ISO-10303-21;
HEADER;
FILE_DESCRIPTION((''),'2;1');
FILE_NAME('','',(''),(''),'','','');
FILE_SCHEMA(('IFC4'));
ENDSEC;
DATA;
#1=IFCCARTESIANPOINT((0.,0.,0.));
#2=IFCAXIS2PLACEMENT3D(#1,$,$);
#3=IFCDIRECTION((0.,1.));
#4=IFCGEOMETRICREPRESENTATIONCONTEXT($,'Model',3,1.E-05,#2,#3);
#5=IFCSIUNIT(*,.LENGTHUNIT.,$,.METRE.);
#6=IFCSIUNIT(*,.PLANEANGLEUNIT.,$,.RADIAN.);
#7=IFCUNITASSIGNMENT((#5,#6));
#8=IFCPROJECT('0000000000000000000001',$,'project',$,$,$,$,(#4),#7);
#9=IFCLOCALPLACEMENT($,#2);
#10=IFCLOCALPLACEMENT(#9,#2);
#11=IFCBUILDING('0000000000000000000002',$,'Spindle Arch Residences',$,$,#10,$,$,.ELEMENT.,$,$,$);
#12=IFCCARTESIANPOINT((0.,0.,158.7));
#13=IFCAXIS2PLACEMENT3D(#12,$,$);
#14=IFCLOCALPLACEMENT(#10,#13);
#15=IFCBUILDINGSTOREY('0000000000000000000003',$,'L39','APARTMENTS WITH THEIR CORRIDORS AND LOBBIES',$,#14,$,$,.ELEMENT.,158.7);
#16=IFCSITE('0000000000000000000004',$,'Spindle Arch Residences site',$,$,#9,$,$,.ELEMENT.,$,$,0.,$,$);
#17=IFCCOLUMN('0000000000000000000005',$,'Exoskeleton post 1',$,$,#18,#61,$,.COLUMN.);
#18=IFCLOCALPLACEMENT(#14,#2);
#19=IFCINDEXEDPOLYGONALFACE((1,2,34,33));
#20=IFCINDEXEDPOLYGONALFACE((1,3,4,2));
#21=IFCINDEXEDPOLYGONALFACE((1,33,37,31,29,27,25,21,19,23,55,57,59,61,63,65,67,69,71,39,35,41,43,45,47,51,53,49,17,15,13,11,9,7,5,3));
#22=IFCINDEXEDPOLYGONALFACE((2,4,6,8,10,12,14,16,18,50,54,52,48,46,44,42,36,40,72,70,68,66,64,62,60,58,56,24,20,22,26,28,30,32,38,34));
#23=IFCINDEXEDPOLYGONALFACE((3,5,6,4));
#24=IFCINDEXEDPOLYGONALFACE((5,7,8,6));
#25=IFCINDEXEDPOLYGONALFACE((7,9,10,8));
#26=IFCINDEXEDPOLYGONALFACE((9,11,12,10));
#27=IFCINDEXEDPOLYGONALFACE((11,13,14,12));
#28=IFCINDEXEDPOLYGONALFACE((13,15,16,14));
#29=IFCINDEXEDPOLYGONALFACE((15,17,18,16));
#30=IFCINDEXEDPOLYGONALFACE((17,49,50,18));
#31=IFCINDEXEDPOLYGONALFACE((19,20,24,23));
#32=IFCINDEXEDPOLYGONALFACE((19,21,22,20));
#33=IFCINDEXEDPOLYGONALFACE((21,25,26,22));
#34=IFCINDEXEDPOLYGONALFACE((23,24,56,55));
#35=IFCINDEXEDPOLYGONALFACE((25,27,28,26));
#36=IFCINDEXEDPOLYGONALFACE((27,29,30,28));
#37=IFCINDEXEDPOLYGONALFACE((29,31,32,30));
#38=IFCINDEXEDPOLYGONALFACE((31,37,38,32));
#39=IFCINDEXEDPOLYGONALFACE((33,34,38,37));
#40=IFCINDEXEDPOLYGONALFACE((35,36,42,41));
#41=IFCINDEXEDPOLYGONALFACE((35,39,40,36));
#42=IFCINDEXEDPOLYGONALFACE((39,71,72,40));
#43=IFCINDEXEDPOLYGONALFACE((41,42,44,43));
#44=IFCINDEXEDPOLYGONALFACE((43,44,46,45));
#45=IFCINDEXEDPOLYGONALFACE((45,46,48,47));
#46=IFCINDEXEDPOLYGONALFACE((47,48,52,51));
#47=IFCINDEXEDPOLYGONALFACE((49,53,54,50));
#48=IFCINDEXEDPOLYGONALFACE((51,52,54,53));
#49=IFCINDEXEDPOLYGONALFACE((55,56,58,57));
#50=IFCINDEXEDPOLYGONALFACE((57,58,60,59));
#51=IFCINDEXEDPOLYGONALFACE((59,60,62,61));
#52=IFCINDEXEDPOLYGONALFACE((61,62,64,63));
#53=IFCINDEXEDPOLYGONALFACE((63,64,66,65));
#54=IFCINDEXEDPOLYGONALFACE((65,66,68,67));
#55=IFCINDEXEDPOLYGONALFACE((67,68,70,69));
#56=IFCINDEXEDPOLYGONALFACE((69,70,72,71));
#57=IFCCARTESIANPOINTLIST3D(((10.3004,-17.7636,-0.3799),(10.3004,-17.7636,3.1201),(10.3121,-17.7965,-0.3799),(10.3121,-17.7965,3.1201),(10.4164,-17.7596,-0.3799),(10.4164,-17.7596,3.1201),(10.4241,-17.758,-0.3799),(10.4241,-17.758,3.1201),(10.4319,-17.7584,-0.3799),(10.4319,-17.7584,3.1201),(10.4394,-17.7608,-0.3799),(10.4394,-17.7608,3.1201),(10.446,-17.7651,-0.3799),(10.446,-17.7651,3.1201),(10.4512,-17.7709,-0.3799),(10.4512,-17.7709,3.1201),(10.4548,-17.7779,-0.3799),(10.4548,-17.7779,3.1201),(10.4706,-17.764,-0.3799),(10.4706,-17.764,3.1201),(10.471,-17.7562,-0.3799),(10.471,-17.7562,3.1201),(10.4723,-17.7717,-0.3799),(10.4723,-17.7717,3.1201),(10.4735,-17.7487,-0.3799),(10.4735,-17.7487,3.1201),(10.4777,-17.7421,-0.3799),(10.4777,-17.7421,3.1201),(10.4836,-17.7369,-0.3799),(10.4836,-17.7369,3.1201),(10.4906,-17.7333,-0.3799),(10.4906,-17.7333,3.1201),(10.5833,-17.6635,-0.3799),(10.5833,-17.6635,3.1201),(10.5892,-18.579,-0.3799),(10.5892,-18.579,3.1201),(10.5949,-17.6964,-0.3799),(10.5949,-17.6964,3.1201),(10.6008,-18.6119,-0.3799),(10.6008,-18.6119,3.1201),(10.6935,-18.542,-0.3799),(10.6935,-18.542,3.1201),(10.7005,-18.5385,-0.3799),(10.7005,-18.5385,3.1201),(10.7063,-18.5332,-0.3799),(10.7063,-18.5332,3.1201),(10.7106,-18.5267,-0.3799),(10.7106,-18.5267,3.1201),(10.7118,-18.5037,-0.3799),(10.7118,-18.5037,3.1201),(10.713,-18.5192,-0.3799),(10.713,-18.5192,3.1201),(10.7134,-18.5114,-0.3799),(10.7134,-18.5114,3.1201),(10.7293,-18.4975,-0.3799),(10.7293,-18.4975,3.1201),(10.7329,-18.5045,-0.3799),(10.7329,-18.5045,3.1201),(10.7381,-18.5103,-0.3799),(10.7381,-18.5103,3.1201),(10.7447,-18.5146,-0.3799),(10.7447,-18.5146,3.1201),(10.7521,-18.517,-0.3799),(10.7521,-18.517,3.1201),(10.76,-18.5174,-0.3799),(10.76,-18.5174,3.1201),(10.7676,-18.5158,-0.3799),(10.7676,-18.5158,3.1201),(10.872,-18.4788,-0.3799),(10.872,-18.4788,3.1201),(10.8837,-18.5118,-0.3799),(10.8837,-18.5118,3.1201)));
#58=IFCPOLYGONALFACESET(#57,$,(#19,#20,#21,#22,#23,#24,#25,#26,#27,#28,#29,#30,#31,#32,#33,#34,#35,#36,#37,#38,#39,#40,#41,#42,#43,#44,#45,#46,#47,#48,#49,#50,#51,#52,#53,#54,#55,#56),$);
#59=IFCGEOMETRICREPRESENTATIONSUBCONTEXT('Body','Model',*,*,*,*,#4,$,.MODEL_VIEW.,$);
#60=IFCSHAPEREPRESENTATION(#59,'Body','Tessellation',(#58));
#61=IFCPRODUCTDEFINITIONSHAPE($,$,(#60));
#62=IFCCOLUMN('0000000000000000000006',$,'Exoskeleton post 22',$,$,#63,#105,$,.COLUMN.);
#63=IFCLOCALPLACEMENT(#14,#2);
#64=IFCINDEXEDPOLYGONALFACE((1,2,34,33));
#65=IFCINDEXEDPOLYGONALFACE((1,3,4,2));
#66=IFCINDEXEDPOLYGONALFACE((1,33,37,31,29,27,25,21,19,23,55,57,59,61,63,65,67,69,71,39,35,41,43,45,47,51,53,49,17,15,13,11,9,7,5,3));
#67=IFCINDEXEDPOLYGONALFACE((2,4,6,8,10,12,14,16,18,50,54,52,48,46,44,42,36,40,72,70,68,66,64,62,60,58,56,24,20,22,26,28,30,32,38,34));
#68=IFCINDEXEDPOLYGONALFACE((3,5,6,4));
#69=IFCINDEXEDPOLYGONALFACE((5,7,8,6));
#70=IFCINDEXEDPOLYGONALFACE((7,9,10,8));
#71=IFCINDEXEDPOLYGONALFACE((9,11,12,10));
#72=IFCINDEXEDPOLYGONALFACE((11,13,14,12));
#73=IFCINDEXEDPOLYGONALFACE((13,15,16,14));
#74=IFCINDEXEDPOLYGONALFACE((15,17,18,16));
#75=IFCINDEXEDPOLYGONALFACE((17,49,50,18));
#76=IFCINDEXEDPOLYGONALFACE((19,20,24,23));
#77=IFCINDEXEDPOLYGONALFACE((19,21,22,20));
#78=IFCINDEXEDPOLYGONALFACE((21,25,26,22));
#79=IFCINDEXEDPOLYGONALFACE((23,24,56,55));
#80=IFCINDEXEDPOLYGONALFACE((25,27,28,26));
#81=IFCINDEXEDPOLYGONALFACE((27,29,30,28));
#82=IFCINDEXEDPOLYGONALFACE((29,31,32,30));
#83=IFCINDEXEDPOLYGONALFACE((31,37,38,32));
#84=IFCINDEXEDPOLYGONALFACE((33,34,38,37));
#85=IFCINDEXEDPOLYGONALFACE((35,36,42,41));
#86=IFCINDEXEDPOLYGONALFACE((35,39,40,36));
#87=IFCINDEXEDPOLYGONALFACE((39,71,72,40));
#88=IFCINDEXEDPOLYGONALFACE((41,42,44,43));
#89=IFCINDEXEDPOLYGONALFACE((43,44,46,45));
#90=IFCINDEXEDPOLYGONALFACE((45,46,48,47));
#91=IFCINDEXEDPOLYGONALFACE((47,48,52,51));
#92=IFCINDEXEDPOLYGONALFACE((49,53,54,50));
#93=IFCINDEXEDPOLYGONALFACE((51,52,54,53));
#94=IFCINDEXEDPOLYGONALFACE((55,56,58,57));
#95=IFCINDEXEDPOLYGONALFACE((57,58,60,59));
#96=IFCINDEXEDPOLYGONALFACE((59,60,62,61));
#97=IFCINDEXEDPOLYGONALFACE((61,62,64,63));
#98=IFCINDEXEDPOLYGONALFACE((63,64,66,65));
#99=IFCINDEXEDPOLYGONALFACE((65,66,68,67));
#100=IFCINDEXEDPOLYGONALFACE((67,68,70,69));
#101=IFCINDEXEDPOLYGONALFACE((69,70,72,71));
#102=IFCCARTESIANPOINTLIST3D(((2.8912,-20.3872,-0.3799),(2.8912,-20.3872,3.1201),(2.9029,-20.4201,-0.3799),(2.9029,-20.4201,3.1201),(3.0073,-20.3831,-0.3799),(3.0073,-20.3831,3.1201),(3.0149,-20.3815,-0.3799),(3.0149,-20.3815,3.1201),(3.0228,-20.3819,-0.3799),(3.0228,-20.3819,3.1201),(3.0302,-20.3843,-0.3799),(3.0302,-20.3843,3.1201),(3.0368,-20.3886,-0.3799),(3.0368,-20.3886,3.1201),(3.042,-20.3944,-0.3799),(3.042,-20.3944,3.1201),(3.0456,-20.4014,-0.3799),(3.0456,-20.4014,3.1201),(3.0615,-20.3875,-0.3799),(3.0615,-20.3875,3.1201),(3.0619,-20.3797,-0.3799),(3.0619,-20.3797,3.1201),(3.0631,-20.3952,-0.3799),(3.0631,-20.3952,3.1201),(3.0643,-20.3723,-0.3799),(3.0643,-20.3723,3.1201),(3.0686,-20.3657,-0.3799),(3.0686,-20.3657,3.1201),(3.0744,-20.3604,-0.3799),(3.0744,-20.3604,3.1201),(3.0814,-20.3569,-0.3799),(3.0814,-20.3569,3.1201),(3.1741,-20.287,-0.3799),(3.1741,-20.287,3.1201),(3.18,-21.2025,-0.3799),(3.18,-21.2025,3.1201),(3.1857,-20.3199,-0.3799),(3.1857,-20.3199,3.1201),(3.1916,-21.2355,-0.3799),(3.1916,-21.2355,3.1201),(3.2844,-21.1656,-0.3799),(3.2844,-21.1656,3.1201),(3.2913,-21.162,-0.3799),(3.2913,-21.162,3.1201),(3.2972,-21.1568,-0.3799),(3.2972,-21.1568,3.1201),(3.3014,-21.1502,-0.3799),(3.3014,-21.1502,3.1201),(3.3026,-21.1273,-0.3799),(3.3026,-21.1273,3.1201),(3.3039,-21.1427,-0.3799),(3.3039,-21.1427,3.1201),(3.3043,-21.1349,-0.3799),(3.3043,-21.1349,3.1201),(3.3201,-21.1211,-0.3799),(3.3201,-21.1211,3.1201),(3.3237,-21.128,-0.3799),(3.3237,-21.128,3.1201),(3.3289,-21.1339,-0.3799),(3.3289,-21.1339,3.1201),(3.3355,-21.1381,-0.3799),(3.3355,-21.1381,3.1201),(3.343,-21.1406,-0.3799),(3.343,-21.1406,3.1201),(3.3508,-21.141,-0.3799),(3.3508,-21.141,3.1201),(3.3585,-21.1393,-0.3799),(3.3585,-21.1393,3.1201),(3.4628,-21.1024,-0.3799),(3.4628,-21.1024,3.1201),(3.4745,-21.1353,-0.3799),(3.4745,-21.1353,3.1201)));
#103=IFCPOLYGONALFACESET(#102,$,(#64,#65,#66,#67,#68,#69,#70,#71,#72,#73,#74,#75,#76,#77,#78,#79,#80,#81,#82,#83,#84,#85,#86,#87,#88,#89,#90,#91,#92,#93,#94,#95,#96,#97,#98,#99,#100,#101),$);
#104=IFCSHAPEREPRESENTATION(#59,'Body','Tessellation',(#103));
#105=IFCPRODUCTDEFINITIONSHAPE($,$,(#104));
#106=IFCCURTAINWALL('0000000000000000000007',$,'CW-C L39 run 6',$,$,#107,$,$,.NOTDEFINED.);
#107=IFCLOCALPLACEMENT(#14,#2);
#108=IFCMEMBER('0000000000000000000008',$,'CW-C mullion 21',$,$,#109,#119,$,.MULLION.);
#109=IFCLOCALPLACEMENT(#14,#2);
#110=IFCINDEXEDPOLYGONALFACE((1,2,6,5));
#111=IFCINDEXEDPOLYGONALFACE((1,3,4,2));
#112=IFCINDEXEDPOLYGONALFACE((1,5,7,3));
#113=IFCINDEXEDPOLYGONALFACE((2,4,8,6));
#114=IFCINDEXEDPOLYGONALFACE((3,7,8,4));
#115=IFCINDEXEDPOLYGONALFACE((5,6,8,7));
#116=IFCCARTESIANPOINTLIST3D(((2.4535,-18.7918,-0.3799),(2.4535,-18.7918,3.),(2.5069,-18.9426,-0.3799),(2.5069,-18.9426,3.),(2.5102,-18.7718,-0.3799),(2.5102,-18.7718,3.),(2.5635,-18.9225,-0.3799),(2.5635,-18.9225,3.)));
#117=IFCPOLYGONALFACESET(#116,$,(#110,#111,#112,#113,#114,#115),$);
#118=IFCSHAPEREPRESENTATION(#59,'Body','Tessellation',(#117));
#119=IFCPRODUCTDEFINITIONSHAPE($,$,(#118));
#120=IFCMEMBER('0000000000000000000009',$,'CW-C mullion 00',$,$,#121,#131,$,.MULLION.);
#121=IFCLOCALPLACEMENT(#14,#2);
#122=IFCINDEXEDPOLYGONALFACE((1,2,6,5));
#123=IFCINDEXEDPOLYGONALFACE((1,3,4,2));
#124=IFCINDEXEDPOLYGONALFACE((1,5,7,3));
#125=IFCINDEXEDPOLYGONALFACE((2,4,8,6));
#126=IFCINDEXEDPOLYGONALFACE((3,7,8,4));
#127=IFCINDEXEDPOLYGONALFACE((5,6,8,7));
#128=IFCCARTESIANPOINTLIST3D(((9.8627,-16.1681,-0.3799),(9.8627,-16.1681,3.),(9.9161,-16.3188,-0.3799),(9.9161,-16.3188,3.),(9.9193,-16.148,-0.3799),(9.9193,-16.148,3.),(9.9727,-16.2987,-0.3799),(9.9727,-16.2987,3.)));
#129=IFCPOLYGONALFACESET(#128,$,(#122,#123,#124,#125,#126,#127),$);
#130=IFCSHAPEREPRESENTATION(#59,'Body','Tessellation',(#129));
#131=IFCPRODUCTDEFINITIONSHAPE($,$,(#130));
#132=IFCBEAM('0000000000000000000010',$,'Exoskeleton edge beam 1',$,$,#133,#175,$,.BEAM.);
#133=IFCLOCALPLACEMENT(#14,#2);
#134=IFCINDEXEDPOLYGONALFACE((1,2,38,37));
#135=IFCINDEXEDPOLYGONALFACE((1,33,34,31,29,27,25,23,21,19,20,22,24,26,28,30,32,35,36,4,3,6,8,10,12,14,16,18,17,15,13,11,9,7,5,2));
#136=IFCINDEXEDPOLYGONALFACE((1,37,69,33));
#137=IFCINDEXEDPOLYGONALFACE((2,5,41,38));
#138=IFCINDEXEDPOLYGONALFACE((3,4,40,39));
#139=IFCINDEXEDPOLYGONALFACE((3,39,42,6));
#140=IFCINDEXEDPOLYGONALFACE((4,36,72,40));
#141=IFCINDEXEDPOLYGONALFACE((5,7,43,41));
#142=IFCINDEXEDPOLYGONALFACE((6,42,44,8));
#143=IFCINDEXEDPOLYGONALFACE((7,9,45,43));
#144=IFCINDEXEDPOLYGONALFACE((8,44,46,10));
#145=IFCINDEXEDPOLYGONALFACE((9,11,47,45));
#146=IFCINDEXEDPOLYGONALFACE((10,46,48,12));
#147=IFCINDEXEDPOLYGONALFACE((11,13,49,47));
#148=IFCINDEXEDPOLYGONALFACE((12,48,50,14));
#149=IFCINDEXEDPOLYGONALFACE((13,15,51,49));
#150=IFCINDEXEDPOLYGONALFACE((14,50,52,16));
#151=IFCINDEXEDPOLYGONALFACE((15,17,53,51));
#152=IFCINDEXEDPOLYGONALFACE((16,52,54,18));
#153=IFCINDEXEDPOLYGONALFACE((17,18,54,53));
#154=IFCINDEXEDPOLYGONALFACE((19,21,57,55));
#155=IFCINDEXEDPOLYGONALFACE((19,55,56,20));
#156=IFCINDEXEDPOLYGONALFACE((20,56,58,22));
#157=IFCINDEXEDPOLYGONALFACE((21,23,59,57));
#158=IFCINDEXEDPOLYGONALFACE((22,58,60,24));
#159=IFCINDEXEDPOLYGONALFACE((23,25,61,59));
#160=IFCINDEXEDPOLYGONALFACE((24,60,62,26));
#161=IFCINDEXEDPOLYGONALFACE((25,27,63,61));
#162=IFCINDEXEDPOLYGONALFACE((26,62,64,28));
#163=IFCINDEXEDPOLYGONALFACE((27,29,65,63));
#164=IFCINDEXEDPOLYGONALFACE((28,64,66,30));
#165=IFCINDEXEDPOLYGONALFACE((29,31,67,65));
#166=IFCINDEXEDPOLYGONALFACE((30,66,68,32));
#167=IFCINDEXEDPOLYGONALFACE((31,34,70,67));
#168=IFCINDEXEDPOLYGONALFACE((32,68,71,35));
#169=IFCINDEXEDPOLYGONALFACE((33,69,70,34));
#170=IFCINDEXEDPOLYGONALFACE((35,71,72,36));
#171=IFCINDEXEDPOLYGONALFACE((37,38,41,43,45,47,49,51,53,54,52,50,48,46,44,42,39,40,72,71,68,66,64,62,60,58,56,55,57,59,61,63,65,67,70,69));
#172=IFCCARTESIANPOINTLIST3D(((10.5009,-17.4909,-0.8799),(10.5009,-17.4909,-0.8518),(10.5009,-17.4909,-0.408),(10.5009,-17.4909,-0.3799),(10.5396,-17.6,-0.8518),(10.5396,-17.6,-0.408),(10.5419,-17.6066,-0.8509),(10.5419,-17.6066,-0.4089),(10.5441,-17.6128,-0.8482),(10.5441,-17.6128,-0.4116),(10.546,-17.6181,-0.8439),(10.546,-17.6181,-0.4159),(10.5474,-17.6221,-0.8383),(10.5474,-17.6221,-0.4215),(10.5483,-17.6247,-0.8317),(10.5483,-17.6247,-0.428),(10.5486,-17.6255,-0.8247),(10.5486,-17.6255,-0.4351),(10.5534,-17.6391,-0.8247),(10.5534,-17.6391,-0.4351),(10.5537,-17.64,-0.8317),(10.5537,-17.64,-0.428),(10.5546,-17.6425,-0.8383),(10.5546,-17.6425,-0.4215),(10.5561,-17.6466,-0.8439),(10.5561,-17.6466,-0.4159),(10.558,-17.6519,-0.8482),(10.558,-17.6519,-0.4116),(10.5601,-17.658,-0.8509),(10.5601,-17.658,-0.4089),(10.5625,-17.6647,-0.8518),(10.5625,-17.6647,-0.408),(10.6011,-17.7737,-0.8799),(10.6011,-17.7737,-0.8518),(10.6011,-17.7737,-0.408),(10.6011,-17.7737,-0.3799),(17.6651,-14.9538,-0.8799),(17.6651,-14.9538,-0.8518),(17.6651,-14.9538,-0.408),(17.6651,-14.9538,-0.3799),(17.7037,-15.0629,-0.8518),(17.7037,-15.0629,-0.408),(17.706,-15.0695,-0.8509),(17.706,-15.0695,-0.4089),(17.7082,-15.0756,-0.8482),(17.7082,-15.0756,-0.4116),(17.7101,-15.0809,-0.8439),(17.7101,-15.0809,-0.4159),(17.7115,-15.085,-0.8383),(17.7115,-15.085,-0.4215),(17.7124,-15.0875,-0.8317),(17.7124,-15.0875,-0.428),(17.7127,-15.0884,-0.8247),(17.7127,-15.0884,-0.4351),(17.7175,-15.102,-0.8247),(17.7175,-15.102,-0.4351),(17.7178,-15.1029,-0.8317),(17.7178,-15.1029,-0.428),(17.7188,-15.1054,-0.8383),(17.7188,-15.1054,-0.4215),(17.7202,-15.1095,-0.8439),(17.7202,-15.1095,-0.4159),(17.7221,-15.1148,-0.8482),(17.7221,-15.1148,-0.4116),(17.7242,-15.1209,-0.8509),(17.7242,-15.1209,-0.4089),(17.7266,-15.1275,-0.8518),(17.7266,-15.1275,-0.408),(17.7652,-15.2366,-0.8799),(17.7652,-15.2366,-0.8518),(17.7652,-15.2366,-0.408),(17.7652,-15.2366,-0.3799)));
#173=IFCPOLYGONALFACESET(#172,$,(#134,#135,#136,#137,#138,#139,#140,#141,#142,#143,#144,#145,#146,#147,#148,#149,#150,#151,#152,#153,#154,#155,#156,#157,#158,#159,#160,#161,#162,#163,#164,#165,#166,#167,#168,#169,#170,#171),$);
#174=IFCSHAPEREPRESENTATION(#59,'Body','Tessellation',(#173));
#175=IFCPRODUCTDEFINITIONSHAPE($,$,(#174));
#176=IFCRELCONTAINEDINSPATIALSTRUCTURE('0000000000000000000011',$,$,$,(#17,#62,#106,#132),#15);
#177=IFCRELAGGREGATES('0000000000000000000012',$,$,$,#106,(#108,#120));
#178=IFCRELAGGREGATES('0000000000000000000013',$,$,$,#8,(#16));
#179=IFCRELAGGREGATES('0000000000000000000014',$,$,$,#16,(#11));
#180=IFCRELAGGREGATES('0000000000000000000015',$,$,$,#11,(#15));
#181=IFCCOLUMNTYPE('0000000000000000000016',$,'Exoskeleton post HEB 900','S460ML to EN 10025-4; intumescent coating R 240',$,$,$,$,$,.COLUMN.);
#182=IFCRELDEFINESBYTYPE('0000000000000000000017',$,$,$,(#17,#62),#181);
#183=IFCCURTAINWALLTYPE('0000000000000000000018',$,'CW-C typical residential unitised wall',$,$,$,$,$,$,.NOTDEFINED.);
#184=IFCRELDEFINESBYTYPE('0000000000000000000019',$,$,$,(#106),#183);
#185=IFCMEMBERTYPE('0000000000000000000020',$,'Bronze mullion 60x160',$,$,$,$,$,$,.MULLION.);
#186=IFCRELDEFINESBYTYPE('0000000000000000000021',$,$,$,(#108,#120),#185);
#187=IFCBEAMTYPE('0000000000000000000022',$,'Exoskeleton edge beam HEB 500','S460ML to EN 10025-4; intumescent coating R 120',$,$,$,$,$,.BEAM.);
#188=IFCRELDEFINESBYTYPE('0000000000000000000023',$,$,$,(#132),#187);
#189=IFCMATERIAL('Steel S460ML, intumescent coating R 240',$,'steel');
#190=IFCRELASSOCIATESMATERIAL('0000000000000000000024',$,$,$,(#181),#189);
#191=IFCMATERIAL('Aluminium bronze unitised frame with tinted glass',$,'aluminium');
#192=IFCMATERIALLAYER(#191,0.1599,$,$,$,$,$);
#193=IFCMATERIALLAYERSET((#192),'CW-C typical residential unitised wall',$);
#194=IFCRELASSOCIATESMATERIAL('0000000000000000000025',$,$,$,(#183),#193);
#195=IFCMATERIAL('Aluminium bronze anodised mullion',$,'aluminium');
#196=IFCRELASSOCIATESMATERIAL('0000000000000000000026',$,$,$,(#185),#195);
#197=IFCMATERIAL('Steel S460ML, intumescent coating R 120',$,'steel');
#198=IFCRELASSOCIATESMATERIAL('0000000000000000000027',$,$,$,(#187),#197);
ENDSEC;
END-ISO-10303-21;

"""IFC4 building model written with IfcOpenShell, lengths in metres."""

from ifc_helpers import new_model, si_unit, direction, frame, origin, origin_2d, place, context, subcontext, project, spatial, rectangle, i_section, extrude, material, layer, layer_set, material_profile, profile_set, type_object, element, aggregate, save


model = new_model("IFC4")

# Units and contexts
model_context = context("Model", 3, precision=1e-05, world=origin(), true_north=direction((0.0, 1.0)))
body_context = subcontext(model_context, "Body", "Model", "MODEL_VIEW")
ifc_project = project(units=[si_unit("LENGTHUNIT", "METRE"), si_unit("PLANEANGLEUNIT", "RADIAN")], contexts=[model_context])

# Site, building, storey
site_placement = place(None, origin())
site = spatial("IfcSite", under=ifc_project, at=site_placement, Name="Spindle Arch Residences site", CompositionType="ELEMENT", RefElevation=0.0)
building_placement = place(site_placement, origin())
building = spatial("IfcBuilding", under=site, at=building_placement, Name="Spindle Arch Residences", CompositionType="ELEMENT")
storey_placement = place(building_placement, frame((0.0, 0.0, 158.7)))
storey = spatial("IfcBuildingStorey", under=building, at=storey_placement, Name="L39", Description="APARTMENTS WITH THEIR CORRIDORS AND LOBBIES", CompositionType="ELEMENT", Elevation=158.7)

# Columns
ifc_material_1 = material(Name="Steel S460ML, intumescent coating R 240", Category="steel")
ifc_material_profile_1 = material_profile(ifc_material_1, i_section(OverallWidth=0.3, OverallDepth=0.8999, WebThickness=0.0186, FlangeThickness=0.0349, FilletRadius=0.03, at=origin_2d()), Name="HEB 900")
ifc_profile_set_1 = profile_set([ifc_material_profile_1], Name="Steel S460ML, intumescent coating R 240")
column_type = type_object("IfcColumnType", Name="Exoskeleton post HEB 900", Description="S460ML to EN 10025-4; intumescent coating R 240", PredefinedType="COLUMN", material=ifc_profile_set_1)
for number, where, z_axis, x_axis, name in (
    (1, (10.592, -18.1377, -0.3799), (0.0, 0.0, 1.0), (-0.942641, -0.333807, 0.0), "Exoskeleton post 1"),
    (2, (3.1829, -20.7612, -0.3799), (0.0, 0.0, 1.0), (-0.942641, -0.333807, 0.0), "Exoskeleton post 22"),
):
    element("IfcColumn", number, at=place(storey_placement, frame(where, z_axis=z_axis, x_axis=x_axis)), inside=storey, type_object=column_type, Name=name, PredefinedType="COLUMN", context=body_context, shape_type="SweptSolid", body=[
        extrude(i_section(OverallWidth=0.3, OverallDepth=0.8999, WebThickness=0.0186, FlangeThickness=0.0349, FilletRadius=0.03, at=origin_2d()), origin(), (0.0, 0.0, 1.0), 3.5),
    ])

# Curtain wall, members
ifc_material_2 = material(Name="Aluminium bronze unitised frame with tinted glass", Category="aluminium")
ifc_layer_1 = layer(ifc_material_2, 0.1599)
ifc_layer_set_1 = layer_set([ifc_layer_1], Name="CW-C typical residential unitised wall")
curtain_wall_type = type_object("IfcCurtainWallType", Name="CW-C typical residential unitised wall", PredefinedType="NOTDEFINED", material=ifc_layer_set_1)
curtain_wall_placement = place(storey_placement, origin())
curtain_wall = element("IfcCurtainWall", 3, at=curtain_wall_placement, inside=storey, type_object=curtain_wall_type, Name="CW-C L39 run 6", PredefinedType="NOTDEFINED")
ifc_material_3 = material(Name="Aluminium bronze anodised mullion", Category="aluminium")
ifc_material_profile_2 = material_profile(ifc_material_3, rectangle(XDim=0.1599, YDim=0.0601, at=origin_2d()), Name="MU 60x160")
ifc_profile_set_2 = profile_set([ifc_material_profile_2], Name="Aluminium bronze anodised mullion")
member_type = type_object("IfcMemberType", Name="Bronze mullion 60x160", PredefinedType="MULLION", material=ifc_profile_set_2)
member_1_placement = place(storey_placement, frame((2.5085, -18.8572, -0.3799), z_axis=(0.0, 0.0, 1.0), x_axis=(-0.333807, 0.942641, 0.0)))
member_1 = element("IfcMember", 4, at=member_1_placement, type_object=member_type, Name="CW-C mullion 21", PredefinedType="MULLION", context=body_context, shape_type="SweptSolid", body=[
    extrude(rectangle(XDim=0.1599, YDim=0.0601, at=origin_2d()), origin(), (0.0, 0.0, 1.0), 3.3799),
])
member_2_placement = place(storey_placement, frame((9.9177, -16.2334, -0.3799), z_axis=(0.0, 0.0, 1.0), x_axis=(-0.333807, 0.942641, 0.0)))
member_2 = element("IfcMember", 5, at=member_2_placement, type_object=member_type, Name="CW-C mullion 00", PredefinedType="MULLION", context=body_context, shape_type="SweptSolid", body=[
    extrude(rectangle(XDim=0.1599, YDim=0.0601, at=origin_2d()), origin(), (0.0, 0.0, 1.0), 3.3799),
])

# Beam
ifc_material_4 = material(Name="Steel S460ML, intumescent coating R 120", Category="steel")
ifc_material_profile_3 = material_profile(ifc_material_4, i_section(OverallWidth=0.3, OverallDepth=0.5, WebThickness=0.0144, FlangeThickness=0.0281, FilletRadius=0.0271, at=origin_2d()), Name="HEB 500")
ifc_profile_set_3 = profile_set([ifc_material_profile_3], Name="Steel S460ML, intumescent coating R 120")
beam_type_1 = type_object("IfcBeamType", Name="Exoskeleton edge beam HEB 500", Description="S460ML to EN 10025-4; intumescent coating R 120", PredefinedType="BEAM", material=ifc_profile_set_3)
for number, where, z_axis, x_axis, name in (
    (6, (10.551, -17.6323, -0.6299), (0.942634, 0.333828, 0.0), (-0.333828, 0.942634, 0.0), "Exoskeleton edge beam 1"),
):
    element("IfcBeam", number, at=place(storey_placement, frame(where, z_axis=z_axis, x_axis=x_axis)), inside=storey, type_object=beam_type_1, Name=name, PredefinedType="BEAM", context=body_context, shape_type="SweptSolid", body=[
        extrude(i_section(OverallWidth=0.3, OverallDepth=0.5, WebThickness=0.0144, FlangeThickness=0.0281, FilletRadius=0.0271, at=origin_2d()), origin(), (0.0, 0.0, 1.0), 7.6001),
    ])

aggregate(curtain_wall, [member_1, member_2])

save(model, "model.ifc")
